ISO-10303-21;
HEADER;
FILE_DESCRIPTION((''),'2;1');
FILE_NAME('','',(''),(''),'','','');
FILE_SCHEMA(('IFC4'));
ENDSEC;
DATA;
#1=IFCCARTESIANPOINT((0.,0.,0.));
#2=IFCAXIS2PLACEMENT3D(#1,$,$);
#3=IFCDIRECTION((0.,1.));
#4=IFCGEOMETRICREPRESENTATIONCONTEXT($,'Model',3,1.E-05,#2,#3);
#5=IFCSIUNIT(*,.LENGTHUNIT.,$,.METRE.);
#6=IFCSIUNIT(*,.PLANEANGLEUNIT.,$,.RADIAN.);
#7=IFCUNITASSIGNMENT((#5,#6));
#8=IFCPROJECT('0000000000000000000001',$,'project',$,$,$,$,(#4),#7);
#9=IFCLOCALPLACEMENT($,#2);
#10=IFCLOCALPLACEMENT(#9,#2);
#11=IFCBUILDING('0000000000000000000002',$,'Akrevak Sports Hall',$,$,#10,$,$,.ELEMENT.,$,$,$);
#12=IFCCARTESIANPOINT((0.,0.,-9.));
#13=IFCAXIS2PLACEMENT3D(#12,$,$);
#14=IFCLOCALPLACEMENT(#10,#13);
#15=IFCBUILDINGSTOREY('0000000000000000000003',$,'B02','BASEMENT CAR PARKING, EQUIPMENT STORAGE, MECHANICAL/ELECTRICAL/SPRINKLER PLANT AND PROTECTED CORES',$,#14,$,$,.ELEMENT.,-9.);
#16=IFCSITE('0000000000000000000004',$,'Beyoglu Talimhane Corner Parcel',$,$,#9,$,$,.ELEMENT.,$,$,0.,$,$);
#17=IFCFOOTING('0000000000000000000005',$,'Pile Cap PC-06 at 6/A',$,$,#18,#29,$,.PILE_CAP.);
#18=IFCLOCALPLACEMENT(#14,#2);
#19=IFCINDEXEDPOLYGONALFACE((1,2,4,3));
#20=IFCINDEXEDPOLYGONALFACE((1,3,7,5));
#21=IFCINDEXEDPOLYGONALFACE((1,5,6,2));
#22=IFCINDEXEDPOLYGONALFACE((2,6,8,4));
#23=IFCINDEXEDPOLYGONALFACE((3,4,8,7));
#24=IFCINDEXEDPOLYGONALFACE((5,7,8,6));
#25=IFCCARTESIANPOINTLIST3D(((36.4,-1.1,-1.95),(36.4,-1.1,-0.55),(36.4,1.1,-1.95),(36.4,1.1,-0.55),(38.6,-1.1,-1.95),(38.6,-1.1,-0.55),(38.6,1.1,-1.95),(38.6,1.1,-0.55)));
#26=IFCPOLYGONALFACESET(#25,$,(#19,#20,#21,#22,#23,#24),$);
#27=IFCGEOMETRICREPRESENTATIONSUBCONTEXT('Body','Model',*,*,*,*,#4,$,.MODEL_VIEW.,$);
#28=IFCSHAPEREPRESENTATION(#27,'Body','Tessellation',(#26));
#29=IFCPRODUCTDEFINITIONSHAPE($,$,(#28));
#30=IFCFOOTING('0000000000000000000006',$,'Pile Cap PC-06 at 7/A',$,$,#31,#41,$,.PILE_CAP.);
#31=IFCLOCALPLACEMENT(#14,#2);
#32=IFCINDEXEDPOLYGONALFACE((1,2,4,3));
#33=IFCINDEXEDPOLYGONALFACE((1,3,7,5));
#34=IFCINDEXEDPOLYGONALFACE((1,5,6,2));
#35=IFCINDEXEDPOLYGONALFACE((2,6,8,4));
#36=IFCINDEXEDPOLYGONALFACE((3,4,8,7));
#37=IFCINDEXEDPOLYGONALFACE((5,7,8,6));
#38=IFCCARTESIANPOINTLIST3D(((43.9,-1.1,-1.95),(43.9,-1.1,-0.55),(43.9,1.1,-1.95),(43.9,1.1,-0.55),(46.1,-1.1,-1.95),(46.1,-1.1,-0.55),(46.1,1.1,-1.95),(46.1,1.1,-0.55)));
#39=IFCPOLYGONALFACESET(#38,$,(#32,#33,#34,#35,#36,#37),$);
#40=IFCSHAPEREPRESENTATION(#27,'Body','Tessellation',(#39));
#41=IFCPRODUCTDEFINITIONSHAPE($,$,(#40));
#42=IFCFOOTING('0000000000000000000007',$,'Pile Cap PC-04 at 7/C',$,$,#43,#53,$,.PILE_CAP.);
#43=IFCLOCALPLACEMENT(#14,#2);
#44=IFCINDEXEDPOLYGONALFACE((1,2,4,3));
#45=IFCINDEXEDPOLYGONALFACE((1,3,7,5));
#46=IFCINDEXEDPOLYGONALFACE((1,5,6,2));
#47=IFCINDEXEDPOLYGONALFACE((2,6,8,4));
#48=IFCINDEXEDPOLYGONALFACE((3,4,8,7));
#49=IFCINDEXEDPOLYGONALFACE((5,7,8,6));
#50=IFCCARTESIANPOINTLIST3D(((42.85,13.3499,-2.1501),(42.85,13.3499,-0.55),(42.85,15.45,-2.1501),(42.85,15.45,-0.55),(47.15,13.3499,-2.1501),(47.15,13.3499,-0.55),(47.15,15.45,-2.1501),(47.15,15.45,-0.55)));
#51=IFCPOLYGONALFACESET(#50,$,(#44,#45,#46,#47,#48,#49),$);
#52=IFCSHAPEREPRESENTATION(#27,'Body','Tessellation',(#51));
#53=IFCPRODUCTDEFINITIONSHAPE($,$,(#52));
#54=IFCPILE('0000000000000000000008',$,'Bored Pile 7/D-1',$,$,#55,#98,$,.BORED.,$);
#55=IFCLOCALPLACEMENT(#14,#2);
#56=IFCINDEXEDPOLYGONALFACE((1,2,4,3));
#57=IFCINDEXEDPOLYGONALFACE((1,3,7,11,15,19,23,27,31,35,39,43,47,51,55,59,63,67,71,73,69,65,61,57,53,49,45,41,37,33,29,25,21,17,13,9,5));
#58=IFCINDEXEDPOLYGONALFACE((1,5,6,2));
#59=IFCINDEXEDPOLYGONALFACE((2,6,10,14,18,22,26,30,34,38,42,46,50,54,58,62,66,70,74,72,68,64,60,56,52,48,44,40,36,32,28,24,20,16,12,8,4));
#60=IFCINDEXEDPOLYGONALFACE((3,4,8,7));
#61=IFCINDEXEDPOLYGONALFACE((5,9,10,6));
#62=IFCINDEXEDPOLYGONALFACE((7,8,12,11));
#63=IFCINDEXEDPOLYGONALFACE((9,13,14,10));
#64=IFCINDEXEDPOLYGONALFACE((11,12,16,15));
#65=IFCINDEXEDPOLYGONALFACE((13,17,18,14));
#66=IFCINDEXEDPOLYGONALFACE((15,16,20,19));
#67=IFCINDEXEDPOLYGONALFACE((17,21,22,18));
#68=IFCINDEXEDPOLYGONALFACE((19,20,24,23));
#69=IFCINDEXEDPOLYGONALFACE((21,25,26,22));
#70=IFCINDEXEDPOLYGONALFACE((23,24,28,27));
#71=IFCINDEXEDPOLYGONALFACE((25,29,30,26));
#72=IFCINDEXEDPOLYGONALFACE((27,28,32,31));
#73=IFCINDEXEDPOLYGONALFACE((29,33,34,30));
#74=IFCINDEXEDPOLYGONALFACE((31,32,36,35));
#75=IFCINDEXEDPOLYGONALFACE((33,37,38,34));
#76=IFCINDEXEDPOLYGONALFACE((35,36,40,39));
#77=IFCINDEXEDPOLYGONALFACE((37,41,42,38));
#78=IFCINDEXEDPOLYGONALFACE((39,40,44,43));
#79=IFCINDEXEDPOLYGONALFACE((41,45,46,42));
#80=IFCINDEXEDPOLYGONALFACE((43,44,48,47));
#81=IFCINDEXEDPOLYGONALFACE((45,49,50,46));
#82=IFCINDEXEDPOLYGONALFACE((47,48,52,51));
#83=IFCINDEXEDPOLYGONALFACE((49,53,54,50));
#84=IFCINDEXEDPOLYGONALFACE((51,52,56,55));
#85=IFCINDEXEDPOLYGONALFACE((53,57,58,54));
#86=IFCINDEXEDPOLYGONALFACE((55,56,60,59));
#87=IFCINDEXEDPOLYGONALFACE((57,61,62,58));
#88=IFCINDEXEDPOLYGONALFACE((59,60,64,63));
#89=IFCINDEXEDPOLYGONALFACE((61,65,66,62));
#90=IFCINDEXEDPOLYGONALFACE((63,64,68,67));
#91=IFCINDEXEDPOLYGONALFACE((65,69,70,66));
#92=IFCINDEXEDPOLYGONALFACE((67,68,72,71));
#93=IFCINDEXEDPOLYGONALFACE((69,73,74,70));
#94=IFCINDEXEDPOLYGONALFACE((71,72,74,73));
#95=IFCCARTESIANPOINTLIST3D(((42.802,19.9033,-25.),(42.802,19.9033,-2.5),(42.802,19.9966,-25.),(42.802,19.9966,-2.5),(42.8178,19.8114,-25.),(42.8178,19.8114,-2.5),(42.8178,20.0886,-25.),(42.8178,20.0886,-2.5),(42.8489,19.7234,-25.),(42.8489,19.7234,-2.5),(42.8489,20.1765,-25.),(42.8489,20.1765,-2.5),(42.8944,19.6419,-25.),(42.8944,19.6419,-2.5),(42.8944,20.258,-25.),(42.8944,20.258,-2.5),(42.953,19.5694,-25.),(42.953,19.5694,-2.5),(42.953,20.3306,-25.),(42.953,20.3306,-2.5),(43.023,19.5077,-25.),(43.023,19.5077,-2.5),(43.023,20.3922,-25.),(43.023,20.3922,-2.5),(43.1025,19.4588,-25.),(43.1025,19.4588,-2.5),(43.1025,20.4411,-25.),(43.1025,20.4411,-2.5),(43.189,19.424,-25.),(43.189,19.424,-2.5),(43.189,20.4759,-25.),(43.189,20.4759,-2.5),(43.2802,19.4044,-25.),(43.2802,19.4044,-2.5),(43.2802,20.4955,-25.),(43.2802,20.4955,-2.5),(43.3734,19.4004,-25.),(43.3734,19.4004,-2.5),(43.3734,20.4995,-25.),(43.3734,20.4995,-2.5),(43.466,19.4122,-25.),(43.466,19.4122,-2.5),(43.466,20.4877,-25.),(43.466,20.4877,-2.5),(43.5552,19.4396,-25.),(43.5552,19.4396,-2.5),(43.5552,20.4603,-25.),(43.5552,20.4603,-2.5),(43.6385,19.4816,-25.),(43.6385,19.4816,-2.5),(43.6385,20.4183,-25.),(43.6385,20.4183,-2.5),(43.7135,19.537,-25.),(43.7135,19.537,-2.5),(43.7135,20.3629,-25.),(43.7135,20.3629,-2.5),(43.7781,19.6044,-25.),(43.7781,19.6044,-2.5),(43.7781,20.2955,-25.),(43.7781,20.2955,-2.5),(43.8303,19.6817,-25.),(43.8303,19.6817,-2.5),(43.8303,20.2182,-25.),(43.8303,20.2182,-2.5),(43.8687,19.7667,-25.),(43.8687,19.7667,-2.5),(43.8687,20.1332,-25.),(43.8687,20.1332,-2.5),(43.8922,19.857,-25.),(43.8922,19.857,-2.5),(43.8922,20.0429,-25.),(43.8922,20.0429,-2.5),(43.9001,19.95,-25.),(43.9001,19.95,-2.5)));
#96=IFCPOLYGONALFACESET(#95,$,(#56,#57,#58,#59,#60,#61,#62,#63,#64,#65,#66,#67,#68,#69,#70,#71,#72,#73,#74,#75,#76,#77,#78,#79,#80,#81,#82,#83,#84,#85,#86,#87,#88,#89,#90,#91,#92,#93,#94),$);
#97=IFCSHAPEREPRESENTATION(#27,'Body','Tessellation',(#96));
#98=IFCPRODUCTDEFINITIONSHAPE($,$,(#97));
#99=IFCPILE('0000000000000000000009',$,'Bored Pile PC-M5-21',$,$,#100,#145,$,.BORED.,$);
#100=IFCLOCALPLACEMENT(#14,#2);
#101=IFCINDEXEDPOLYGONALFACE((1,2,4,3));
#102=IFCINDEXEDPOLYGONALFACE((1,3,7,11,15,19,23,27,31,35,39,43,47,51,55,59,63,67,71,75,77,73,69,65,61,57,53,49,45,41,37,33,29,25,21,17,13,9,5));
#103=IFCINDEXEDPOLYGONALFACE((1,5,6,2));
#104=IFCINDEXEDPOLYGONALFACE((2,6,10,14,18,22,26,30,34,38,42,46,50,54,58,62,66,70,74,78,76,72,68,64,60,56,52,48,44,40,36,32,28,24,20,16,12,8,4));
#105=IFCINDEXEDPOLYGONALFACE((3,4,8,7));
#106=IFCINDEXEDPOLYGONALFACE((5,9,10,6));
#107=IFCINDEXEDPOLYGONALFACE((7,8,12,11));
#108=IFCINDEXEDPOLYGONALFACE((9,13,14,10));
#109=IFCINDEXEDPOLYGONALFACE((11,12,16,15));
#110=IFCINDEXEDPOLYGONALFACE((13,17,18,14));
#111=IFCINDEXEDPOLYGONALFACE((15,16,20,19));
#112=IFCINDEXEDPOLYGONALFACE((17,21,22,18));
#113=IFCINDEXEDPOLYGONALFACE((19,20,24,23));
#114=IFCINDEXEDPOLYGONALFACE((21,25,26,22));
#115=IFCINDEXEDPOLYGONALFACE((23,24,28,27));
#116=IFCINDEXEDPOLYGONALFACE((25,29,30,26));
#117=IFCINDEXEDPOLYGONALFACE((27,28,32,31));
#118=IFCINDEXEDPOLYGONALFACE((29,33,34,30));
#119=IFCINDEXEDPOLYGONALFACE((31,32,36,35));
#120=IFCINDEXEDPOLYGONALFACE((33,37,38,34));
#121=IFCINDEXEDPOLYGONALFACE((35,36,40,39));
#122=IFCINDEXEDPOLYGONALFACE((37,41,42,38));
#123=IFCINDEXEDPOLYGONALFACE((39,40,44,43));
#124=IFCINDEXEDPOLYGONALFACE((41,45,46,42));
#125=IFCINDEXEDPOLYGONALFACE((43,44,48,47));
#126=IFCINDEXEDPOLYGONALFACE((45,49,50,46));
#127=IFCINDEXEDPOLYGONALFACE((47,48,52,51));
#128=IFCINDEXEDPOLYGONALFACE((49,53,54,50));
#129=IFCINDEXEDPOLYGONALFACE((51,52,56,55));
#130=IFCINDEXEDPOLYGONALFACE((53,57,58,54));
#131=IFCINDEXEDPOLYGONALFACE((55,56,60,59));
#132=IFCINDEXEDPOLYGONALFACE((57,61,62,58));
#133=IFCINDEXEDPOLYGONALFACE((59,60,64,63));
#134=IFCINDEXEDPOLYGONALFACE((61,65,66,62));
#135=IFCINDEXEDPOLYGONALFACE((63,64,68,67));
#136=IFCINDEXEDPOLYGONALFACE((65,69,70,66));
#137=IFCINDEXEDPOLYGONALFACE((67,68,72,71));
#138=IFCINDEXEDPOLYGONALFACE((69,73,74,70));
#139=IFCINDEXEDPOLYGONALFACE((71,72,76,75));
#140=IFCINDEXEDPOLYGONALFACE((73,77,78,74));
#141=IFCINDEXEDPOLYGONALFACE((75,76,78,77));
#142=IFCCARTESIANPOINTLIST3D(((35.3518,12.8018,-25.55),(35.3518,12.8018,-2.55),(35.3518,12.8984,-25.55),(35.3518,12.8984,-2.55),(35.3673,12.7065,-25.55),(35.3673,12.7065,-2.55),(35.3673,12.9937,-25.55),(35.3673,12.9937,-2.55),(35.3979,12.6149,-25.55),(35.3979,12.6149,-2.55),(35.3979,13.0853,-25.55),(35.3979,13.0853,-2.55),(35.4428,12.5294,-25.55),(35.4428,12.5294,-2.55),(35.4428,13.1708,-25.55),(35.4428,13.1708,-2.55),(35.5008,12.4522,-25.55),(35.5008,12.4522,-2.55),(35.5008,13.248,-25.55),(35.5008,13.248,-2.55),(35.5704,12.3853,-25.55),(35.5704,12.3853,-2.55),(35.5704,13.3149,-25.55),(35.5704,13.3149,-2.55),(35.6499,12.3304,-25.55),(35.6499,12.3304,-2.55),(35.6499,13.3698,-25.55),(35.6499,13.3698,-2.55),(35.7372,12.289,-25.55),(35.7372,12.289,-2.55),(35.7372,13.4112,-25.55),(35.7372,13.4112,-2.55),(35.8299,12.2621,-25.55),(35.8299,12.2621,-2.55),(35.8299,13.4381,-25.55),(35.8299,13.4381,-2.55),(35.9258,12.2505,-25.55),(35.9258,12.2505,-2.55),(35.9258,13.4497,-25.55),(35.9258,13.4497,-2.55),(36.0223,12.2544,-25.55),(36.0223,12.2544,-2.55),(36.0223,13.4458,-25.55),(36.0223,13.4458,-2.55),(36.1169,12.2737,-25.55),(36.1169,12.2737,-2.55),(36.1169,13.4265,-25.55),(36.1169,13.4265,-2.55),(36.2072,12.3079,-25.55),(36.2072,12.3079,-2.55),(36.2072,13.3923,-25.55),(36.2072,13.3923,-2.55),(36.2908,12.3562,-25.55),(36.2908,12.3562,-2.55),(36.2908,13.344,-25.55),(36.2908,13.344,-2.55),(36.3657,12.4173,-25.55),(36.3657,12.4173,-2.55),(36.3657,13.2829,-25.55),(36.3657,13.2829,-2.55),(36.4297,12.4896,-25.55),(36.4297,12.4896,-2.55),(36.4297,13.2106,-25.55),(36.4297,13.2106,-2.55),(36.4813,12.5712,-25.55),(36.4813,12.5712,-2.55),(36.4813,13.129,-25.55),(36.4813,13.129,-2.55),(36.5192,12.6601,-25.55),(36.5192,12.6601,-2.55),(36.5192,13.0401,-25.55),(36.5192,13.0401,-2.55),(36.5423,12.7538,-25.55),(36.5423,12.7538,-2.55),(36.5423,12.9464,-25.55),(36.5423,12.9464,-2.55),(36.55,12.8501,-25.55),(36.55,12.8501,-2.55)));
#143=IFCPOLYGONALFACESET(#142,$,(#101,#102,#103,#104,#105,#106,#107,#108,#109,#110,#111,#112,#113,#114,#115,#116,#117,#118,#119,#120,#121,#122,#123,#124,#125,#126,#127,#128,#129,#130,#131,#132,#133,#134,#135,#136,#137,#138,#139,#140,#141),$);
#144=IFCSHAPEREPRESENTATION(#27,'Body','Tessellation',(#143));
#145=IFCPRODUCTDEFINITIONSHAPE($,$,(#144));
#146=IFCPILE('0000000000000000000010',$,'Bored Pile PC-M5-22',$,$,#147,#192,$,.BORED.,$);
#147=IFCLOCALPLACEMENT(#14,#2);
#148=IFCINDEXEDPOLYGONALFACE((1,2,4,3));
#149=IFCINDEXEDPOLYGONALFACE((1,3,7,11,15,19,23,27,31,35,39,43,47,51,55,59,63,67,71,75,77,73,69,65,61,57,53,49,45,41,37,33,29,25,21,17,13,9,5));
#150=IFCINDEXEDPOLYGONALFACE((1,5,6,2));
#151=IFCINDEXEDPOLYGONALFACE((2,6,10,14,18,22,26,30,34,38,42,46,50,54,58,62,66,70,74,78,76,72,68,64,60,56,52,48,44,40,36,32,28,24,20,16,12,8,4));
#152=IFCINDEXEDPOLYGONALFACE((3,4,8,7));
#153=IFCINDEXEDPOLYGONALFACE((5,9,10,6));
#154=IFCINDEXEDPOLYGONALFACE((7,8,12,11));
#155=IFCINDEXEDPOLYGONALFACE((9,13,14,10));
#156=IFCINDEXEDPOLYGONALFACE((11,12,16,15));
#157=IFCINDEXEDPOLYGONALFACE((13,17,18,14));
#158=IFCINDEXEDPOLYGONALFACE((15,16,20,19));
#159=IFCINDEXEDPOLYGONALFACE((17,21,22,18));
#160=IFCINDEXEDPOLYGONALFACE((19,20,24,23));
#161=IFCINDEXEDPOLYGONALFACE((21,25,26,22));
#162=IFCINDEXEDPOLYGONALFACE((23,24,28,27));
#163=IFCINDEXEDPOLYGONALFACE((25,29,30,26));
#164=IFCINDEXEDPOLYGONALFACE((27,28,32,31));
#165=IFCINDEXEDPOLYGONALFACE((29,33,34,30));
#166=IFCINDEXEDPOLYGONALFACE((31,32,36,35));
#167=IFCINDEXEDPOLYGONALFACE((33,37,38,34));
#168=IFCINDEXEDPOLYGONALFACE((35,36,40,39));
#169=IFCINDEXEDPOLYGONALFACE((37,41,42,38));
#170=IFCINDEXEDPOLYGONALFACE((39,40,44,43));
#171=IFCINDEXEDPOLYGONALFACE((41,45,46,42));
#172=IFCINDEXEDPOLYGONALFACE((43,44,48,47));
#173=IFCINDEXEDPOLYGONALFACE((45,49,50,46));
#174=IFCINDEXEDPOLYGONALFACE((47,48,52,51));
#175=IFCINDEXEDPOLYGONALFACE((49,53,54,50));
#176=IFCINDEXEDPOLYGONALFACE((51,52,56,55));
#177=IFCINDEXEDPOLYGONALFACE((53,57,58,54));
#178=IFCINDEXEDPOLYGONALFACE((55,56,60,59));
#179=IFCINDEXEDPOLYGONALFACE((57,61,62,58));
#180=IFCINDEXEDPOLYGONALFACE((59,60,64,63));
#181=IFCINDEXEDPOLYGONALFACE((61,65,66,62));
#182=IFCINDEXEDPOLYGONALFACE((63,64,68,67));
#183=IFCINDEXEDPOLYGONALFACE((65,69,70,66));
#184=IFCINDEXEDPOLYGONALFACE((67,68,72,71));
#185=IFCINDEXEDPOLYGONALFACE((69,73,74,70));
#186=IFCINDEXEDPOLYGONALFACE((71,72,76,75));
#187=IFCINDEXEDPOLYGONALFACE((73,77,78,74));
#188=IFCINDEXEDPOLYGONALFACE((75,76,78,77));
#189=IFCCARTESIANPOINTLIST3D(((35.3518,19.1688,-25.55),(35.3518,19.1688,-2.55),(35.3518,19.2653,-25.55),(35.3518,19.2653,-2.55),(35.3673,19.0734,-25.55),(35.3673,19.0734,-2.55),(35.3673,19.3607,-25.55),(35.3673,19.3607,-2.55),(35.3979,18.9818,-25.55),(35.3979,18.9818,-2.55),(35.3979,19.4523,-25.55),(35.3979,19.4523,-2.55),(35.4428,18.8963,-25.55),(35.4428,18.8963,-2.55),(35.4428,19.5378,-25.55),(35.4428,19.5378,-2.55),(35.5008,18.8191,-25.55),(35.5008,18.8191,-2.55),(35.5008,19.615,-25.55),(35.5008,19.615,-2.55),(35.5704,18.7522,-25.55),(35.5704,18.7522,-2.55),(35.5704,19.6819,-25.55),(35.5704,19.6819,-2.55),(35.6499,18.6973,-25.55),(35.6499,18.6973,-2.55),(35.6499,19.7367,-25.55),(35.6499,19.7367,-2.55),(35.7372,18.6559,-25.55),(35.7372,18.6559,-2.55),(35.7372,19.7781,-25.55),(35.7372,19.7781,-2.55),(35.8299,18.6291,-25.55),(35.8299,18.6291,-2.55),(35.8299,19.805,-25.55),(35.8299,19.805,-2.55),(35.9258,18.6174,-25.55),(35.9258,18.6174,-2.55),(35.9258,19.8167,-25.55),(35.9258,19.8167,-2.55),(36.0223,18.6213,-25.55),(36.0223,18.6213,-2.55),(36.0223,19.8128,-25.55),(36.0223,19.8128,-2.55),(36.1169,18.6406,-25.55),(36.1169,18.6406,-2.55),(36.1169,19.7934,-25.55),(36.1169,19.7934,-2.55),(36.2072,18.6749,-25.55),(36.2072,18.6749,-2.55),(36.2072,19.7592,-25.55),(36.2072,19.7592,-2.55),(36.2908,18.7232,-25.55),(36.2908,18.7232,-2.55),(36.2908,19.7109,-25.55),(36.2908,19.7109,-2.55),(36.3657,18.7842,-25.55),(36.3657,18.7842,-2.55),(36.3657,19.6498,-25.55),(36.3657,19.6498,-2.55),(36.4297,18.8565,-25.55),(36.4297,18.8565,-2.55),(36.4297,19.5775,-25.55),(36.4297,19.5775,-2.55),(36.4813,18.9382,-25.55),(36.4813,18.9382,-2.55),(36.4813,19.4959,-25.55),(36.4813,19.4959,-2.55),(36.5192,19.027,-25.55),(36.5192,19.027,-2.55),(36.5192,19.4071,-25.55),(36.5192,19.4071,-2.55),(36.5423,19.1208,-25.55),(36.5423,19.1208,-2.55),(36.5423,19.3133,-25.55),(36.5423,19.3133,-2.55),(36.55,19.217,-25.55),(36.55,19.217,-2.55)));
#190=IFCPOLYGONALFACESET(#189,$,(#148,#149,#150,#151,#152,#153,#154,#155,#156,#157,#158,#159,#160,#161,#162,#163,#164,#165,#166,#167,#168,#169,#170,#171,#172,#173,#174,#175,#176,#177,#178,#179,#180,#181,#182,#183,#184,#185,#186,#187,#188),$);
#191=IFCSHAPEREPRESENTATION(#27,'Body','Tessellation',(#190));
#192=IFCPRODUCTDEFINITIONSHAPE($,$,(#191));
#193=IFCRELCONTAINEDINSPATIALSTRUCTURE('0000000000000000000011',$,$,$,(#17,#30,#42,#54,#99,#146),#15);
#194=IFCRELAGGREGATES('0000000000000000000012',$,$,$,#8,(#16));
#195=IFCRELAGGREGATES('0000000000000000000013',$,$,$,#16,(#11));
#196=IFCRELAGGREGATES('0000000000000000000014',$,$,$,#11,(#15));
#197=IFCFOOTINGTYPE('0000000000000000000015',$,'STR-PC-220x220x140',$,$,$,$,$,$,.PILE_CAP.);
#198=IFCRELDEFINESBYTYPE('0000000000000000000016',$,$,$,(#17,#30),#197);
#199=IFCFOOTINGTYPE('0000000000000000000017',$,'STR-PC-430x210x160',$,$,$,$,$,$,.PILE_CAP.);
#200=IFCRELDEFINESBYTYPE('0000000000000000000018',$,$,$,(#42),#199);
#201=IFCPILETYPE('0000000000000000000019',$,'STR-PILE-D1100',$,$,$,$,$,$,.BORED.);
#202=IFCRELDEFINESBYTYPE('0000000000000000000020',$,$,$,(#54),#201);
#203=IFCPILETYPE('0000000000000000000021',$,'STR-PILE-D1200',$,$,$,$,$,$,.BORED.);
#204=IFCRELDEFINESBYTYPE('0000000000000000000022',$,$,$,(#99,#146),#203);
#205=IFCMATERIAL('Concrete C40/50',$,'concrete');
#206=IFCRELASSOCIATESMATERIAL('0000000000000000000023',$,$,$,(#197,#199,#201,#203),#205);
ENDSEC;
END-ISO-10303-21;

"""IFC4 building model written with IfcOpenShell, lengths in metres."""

from ifc_helpers import new_model, si_unit, direction, frame, origin, origin_2d, place, context, subcontext, project, spatial, rectangle, circle, extrude, material, material_profile, profile_set, type_object, element, save


model = new_model("IFC4")

# Units and contexts
model_context = context("Model", 3, precision=1e-05, world=origin(), true_north=direction((0.0, 1.0)))
body_context = subcontext(model_context, "Body", "Model", "MODEL_VIEW")
ifc_project = project(units=[si_unit("LENGTHUNIT", "METRE"), si_unit("PLANEANGLEUNIT", "RADIAN")], contexts=[model_context])

# Site, building, storey
site_placement = place(None, origin())
site = spatial("IfcSite", under=ifc_project, at=site_placement, Name="Beyoglu Talimhane Corner Parcel", CompositionType="ELEMENT", RefElevation=0.0)
building_placement = place(site_placement, origin())
building = spatial("IfcBuilding", under=site, at=building_placement, Name="Akrevak Sports Hall", CompositionType="ELEMENT")
storey_placement = place(building_placement, frame((0.0, 0.0, -9.0)))
storey = spatial("IfcBuildingStorey", under=building, at=storey_placement, Name="B02", Description="BASEMENT CAR PARKING, EQUIPMENT STORAGE, MECHANICAL/ELECTRICAL/SPRINKLER PLANT AND PROTECTED CORES", CompositionType="ELEMENT", Elevation=-9.0)

# Footings
ifc_material_1 = material(Name="Concrete C40/50", Category="concrete")
footing_type_1 = type_object("IfcFootingType", Name="STR-PC-220x220x140", PredefinedType="PILE_CAP", material=ifc_material_1)
for number, where, z_axis, x_axis, name in (
    (1, (37.5, 0.0, -1.95), (0.0, 0.0, 1.0), (1.0, 0.0, 0.0), "Pile Cap PC-06 at 6/A"),
    (2, (45.0, 0.0, -1.95), (0.0, 0.0, 1.0), (1.0, 0.0, 0.0), "Pile Cap PC-06 at 7/A"),
):
    element("IfcFooting", number, at=place(storey_placement, frame(where, z_axis=z_axis, x_axis=x_axis)), inside=storey, type_object=footing_type_1, Name=name, PredefinedType="PILE_CAP", context=body_context, shape_type="SweptSolid", body=[
        extrude(rectangle(XDim=2.2, YDim=2.2, at=origin_2d()), origin(), (0.0, 0.0, 1.0), 1.3999),
    ])
footing_type_2 = type_object("IfcFootingType", Name="STR-PC-430x210x160", PredefinedType="PILE_CAP", material=ifc_material_1)
footing_placement = place(storey_placement, frame((45.0, 14.3999, -2.1501), z_axis=(0.0, 0.0, 1.0), x_axis=(1.0, 0.0, 0.0)))
element("IfcFooting", 3, at=footing_placement, inside=storey, type_object=footing_type_2, Name="Pile Cap PC-04 at 7/C", PredefinedType="PILE_CAP", context=body_context, shape_type="SweptSolid", body=[
    extrude(rectangle(XDim=4.3, YDim=2.1001, at=origin_2d()), origin(), (0.0, 0.0, 1.0), 1.6001),
])

# Piles
ifc_material_profile_1 = material_profile(ifc_material_1, circle(Radius=0.55, at=origin_2d()), Name="BORED PILE D1100", Category="concrete")
ifc_profile_set_1 = profile_set([ifc_material_profile_1], Name="Concrete C40/50")
pile_type_1 = type_object("IfcPileType", Name="STR-PILE-D1100", PredefinedType="BORED", material=ifc_profile_set_1)
pile_placement = place(storey_placement, frame((43.3501, 19.95, -2.5), z_axis=(0.0, 0.0, -1.0), x_axis=(1.0, 0.0, 0.0)))
element("IfcPile", 4, at=pile_placement, inside=storey, type_object=pile_type_1, Name="Bored Pile 7/D-1", PredefinedType="BORED", context=body_context, shape_type="SweptSolid", body=[
    extrude(circle(Radius=0.55, at=origin_2d()), origin(), (0.0, 0.0, 1.0), 22.5),
])
ifc_material_profile_2 = material_profile(ifc_material_1, circle(Radius=0.6001, at=origin_2d()), Name="BORED PILE D1200", Category="concrete")
ifc_profile_set_2 = profile_set([ifc_material_profile_2], Name="Concrete C40/50")
pile_type_2 = type_object("IfcPileType", Name="STR-PILE-D1200", PredefinedType="BORED", material=ifc_profile_set_2)
for number, where, z_axis, x_axis, name in (
    (5, (35.95, 12.8501, -2.55), (0.0, 0.0, -1.0), (1.0, 0.0, 0.0), "Bored Pile PC-M5-21"),
    (6, (35.95, 19.217, -2.55), (0.0, 0.0, -1.0), (1.0, 0.0, 0.0), "Bored Pile PC-M5-22"),
):
    element("IfcPile", number, at=place(storey_placement, frame(where, z_axis=z_axis, x_axis=x_axis)), inside=storey, type_object=pile_type_2, Name=name, PredefinedType="BORED", context=body_context, shape_type="SweptSolid", body=[
        extrude(circle(Radius=0.6001, at=origin_2d()), origin(), (0.0, 0.0, 1.0), 23.0),
    ])

save(model, "model.ifc")
